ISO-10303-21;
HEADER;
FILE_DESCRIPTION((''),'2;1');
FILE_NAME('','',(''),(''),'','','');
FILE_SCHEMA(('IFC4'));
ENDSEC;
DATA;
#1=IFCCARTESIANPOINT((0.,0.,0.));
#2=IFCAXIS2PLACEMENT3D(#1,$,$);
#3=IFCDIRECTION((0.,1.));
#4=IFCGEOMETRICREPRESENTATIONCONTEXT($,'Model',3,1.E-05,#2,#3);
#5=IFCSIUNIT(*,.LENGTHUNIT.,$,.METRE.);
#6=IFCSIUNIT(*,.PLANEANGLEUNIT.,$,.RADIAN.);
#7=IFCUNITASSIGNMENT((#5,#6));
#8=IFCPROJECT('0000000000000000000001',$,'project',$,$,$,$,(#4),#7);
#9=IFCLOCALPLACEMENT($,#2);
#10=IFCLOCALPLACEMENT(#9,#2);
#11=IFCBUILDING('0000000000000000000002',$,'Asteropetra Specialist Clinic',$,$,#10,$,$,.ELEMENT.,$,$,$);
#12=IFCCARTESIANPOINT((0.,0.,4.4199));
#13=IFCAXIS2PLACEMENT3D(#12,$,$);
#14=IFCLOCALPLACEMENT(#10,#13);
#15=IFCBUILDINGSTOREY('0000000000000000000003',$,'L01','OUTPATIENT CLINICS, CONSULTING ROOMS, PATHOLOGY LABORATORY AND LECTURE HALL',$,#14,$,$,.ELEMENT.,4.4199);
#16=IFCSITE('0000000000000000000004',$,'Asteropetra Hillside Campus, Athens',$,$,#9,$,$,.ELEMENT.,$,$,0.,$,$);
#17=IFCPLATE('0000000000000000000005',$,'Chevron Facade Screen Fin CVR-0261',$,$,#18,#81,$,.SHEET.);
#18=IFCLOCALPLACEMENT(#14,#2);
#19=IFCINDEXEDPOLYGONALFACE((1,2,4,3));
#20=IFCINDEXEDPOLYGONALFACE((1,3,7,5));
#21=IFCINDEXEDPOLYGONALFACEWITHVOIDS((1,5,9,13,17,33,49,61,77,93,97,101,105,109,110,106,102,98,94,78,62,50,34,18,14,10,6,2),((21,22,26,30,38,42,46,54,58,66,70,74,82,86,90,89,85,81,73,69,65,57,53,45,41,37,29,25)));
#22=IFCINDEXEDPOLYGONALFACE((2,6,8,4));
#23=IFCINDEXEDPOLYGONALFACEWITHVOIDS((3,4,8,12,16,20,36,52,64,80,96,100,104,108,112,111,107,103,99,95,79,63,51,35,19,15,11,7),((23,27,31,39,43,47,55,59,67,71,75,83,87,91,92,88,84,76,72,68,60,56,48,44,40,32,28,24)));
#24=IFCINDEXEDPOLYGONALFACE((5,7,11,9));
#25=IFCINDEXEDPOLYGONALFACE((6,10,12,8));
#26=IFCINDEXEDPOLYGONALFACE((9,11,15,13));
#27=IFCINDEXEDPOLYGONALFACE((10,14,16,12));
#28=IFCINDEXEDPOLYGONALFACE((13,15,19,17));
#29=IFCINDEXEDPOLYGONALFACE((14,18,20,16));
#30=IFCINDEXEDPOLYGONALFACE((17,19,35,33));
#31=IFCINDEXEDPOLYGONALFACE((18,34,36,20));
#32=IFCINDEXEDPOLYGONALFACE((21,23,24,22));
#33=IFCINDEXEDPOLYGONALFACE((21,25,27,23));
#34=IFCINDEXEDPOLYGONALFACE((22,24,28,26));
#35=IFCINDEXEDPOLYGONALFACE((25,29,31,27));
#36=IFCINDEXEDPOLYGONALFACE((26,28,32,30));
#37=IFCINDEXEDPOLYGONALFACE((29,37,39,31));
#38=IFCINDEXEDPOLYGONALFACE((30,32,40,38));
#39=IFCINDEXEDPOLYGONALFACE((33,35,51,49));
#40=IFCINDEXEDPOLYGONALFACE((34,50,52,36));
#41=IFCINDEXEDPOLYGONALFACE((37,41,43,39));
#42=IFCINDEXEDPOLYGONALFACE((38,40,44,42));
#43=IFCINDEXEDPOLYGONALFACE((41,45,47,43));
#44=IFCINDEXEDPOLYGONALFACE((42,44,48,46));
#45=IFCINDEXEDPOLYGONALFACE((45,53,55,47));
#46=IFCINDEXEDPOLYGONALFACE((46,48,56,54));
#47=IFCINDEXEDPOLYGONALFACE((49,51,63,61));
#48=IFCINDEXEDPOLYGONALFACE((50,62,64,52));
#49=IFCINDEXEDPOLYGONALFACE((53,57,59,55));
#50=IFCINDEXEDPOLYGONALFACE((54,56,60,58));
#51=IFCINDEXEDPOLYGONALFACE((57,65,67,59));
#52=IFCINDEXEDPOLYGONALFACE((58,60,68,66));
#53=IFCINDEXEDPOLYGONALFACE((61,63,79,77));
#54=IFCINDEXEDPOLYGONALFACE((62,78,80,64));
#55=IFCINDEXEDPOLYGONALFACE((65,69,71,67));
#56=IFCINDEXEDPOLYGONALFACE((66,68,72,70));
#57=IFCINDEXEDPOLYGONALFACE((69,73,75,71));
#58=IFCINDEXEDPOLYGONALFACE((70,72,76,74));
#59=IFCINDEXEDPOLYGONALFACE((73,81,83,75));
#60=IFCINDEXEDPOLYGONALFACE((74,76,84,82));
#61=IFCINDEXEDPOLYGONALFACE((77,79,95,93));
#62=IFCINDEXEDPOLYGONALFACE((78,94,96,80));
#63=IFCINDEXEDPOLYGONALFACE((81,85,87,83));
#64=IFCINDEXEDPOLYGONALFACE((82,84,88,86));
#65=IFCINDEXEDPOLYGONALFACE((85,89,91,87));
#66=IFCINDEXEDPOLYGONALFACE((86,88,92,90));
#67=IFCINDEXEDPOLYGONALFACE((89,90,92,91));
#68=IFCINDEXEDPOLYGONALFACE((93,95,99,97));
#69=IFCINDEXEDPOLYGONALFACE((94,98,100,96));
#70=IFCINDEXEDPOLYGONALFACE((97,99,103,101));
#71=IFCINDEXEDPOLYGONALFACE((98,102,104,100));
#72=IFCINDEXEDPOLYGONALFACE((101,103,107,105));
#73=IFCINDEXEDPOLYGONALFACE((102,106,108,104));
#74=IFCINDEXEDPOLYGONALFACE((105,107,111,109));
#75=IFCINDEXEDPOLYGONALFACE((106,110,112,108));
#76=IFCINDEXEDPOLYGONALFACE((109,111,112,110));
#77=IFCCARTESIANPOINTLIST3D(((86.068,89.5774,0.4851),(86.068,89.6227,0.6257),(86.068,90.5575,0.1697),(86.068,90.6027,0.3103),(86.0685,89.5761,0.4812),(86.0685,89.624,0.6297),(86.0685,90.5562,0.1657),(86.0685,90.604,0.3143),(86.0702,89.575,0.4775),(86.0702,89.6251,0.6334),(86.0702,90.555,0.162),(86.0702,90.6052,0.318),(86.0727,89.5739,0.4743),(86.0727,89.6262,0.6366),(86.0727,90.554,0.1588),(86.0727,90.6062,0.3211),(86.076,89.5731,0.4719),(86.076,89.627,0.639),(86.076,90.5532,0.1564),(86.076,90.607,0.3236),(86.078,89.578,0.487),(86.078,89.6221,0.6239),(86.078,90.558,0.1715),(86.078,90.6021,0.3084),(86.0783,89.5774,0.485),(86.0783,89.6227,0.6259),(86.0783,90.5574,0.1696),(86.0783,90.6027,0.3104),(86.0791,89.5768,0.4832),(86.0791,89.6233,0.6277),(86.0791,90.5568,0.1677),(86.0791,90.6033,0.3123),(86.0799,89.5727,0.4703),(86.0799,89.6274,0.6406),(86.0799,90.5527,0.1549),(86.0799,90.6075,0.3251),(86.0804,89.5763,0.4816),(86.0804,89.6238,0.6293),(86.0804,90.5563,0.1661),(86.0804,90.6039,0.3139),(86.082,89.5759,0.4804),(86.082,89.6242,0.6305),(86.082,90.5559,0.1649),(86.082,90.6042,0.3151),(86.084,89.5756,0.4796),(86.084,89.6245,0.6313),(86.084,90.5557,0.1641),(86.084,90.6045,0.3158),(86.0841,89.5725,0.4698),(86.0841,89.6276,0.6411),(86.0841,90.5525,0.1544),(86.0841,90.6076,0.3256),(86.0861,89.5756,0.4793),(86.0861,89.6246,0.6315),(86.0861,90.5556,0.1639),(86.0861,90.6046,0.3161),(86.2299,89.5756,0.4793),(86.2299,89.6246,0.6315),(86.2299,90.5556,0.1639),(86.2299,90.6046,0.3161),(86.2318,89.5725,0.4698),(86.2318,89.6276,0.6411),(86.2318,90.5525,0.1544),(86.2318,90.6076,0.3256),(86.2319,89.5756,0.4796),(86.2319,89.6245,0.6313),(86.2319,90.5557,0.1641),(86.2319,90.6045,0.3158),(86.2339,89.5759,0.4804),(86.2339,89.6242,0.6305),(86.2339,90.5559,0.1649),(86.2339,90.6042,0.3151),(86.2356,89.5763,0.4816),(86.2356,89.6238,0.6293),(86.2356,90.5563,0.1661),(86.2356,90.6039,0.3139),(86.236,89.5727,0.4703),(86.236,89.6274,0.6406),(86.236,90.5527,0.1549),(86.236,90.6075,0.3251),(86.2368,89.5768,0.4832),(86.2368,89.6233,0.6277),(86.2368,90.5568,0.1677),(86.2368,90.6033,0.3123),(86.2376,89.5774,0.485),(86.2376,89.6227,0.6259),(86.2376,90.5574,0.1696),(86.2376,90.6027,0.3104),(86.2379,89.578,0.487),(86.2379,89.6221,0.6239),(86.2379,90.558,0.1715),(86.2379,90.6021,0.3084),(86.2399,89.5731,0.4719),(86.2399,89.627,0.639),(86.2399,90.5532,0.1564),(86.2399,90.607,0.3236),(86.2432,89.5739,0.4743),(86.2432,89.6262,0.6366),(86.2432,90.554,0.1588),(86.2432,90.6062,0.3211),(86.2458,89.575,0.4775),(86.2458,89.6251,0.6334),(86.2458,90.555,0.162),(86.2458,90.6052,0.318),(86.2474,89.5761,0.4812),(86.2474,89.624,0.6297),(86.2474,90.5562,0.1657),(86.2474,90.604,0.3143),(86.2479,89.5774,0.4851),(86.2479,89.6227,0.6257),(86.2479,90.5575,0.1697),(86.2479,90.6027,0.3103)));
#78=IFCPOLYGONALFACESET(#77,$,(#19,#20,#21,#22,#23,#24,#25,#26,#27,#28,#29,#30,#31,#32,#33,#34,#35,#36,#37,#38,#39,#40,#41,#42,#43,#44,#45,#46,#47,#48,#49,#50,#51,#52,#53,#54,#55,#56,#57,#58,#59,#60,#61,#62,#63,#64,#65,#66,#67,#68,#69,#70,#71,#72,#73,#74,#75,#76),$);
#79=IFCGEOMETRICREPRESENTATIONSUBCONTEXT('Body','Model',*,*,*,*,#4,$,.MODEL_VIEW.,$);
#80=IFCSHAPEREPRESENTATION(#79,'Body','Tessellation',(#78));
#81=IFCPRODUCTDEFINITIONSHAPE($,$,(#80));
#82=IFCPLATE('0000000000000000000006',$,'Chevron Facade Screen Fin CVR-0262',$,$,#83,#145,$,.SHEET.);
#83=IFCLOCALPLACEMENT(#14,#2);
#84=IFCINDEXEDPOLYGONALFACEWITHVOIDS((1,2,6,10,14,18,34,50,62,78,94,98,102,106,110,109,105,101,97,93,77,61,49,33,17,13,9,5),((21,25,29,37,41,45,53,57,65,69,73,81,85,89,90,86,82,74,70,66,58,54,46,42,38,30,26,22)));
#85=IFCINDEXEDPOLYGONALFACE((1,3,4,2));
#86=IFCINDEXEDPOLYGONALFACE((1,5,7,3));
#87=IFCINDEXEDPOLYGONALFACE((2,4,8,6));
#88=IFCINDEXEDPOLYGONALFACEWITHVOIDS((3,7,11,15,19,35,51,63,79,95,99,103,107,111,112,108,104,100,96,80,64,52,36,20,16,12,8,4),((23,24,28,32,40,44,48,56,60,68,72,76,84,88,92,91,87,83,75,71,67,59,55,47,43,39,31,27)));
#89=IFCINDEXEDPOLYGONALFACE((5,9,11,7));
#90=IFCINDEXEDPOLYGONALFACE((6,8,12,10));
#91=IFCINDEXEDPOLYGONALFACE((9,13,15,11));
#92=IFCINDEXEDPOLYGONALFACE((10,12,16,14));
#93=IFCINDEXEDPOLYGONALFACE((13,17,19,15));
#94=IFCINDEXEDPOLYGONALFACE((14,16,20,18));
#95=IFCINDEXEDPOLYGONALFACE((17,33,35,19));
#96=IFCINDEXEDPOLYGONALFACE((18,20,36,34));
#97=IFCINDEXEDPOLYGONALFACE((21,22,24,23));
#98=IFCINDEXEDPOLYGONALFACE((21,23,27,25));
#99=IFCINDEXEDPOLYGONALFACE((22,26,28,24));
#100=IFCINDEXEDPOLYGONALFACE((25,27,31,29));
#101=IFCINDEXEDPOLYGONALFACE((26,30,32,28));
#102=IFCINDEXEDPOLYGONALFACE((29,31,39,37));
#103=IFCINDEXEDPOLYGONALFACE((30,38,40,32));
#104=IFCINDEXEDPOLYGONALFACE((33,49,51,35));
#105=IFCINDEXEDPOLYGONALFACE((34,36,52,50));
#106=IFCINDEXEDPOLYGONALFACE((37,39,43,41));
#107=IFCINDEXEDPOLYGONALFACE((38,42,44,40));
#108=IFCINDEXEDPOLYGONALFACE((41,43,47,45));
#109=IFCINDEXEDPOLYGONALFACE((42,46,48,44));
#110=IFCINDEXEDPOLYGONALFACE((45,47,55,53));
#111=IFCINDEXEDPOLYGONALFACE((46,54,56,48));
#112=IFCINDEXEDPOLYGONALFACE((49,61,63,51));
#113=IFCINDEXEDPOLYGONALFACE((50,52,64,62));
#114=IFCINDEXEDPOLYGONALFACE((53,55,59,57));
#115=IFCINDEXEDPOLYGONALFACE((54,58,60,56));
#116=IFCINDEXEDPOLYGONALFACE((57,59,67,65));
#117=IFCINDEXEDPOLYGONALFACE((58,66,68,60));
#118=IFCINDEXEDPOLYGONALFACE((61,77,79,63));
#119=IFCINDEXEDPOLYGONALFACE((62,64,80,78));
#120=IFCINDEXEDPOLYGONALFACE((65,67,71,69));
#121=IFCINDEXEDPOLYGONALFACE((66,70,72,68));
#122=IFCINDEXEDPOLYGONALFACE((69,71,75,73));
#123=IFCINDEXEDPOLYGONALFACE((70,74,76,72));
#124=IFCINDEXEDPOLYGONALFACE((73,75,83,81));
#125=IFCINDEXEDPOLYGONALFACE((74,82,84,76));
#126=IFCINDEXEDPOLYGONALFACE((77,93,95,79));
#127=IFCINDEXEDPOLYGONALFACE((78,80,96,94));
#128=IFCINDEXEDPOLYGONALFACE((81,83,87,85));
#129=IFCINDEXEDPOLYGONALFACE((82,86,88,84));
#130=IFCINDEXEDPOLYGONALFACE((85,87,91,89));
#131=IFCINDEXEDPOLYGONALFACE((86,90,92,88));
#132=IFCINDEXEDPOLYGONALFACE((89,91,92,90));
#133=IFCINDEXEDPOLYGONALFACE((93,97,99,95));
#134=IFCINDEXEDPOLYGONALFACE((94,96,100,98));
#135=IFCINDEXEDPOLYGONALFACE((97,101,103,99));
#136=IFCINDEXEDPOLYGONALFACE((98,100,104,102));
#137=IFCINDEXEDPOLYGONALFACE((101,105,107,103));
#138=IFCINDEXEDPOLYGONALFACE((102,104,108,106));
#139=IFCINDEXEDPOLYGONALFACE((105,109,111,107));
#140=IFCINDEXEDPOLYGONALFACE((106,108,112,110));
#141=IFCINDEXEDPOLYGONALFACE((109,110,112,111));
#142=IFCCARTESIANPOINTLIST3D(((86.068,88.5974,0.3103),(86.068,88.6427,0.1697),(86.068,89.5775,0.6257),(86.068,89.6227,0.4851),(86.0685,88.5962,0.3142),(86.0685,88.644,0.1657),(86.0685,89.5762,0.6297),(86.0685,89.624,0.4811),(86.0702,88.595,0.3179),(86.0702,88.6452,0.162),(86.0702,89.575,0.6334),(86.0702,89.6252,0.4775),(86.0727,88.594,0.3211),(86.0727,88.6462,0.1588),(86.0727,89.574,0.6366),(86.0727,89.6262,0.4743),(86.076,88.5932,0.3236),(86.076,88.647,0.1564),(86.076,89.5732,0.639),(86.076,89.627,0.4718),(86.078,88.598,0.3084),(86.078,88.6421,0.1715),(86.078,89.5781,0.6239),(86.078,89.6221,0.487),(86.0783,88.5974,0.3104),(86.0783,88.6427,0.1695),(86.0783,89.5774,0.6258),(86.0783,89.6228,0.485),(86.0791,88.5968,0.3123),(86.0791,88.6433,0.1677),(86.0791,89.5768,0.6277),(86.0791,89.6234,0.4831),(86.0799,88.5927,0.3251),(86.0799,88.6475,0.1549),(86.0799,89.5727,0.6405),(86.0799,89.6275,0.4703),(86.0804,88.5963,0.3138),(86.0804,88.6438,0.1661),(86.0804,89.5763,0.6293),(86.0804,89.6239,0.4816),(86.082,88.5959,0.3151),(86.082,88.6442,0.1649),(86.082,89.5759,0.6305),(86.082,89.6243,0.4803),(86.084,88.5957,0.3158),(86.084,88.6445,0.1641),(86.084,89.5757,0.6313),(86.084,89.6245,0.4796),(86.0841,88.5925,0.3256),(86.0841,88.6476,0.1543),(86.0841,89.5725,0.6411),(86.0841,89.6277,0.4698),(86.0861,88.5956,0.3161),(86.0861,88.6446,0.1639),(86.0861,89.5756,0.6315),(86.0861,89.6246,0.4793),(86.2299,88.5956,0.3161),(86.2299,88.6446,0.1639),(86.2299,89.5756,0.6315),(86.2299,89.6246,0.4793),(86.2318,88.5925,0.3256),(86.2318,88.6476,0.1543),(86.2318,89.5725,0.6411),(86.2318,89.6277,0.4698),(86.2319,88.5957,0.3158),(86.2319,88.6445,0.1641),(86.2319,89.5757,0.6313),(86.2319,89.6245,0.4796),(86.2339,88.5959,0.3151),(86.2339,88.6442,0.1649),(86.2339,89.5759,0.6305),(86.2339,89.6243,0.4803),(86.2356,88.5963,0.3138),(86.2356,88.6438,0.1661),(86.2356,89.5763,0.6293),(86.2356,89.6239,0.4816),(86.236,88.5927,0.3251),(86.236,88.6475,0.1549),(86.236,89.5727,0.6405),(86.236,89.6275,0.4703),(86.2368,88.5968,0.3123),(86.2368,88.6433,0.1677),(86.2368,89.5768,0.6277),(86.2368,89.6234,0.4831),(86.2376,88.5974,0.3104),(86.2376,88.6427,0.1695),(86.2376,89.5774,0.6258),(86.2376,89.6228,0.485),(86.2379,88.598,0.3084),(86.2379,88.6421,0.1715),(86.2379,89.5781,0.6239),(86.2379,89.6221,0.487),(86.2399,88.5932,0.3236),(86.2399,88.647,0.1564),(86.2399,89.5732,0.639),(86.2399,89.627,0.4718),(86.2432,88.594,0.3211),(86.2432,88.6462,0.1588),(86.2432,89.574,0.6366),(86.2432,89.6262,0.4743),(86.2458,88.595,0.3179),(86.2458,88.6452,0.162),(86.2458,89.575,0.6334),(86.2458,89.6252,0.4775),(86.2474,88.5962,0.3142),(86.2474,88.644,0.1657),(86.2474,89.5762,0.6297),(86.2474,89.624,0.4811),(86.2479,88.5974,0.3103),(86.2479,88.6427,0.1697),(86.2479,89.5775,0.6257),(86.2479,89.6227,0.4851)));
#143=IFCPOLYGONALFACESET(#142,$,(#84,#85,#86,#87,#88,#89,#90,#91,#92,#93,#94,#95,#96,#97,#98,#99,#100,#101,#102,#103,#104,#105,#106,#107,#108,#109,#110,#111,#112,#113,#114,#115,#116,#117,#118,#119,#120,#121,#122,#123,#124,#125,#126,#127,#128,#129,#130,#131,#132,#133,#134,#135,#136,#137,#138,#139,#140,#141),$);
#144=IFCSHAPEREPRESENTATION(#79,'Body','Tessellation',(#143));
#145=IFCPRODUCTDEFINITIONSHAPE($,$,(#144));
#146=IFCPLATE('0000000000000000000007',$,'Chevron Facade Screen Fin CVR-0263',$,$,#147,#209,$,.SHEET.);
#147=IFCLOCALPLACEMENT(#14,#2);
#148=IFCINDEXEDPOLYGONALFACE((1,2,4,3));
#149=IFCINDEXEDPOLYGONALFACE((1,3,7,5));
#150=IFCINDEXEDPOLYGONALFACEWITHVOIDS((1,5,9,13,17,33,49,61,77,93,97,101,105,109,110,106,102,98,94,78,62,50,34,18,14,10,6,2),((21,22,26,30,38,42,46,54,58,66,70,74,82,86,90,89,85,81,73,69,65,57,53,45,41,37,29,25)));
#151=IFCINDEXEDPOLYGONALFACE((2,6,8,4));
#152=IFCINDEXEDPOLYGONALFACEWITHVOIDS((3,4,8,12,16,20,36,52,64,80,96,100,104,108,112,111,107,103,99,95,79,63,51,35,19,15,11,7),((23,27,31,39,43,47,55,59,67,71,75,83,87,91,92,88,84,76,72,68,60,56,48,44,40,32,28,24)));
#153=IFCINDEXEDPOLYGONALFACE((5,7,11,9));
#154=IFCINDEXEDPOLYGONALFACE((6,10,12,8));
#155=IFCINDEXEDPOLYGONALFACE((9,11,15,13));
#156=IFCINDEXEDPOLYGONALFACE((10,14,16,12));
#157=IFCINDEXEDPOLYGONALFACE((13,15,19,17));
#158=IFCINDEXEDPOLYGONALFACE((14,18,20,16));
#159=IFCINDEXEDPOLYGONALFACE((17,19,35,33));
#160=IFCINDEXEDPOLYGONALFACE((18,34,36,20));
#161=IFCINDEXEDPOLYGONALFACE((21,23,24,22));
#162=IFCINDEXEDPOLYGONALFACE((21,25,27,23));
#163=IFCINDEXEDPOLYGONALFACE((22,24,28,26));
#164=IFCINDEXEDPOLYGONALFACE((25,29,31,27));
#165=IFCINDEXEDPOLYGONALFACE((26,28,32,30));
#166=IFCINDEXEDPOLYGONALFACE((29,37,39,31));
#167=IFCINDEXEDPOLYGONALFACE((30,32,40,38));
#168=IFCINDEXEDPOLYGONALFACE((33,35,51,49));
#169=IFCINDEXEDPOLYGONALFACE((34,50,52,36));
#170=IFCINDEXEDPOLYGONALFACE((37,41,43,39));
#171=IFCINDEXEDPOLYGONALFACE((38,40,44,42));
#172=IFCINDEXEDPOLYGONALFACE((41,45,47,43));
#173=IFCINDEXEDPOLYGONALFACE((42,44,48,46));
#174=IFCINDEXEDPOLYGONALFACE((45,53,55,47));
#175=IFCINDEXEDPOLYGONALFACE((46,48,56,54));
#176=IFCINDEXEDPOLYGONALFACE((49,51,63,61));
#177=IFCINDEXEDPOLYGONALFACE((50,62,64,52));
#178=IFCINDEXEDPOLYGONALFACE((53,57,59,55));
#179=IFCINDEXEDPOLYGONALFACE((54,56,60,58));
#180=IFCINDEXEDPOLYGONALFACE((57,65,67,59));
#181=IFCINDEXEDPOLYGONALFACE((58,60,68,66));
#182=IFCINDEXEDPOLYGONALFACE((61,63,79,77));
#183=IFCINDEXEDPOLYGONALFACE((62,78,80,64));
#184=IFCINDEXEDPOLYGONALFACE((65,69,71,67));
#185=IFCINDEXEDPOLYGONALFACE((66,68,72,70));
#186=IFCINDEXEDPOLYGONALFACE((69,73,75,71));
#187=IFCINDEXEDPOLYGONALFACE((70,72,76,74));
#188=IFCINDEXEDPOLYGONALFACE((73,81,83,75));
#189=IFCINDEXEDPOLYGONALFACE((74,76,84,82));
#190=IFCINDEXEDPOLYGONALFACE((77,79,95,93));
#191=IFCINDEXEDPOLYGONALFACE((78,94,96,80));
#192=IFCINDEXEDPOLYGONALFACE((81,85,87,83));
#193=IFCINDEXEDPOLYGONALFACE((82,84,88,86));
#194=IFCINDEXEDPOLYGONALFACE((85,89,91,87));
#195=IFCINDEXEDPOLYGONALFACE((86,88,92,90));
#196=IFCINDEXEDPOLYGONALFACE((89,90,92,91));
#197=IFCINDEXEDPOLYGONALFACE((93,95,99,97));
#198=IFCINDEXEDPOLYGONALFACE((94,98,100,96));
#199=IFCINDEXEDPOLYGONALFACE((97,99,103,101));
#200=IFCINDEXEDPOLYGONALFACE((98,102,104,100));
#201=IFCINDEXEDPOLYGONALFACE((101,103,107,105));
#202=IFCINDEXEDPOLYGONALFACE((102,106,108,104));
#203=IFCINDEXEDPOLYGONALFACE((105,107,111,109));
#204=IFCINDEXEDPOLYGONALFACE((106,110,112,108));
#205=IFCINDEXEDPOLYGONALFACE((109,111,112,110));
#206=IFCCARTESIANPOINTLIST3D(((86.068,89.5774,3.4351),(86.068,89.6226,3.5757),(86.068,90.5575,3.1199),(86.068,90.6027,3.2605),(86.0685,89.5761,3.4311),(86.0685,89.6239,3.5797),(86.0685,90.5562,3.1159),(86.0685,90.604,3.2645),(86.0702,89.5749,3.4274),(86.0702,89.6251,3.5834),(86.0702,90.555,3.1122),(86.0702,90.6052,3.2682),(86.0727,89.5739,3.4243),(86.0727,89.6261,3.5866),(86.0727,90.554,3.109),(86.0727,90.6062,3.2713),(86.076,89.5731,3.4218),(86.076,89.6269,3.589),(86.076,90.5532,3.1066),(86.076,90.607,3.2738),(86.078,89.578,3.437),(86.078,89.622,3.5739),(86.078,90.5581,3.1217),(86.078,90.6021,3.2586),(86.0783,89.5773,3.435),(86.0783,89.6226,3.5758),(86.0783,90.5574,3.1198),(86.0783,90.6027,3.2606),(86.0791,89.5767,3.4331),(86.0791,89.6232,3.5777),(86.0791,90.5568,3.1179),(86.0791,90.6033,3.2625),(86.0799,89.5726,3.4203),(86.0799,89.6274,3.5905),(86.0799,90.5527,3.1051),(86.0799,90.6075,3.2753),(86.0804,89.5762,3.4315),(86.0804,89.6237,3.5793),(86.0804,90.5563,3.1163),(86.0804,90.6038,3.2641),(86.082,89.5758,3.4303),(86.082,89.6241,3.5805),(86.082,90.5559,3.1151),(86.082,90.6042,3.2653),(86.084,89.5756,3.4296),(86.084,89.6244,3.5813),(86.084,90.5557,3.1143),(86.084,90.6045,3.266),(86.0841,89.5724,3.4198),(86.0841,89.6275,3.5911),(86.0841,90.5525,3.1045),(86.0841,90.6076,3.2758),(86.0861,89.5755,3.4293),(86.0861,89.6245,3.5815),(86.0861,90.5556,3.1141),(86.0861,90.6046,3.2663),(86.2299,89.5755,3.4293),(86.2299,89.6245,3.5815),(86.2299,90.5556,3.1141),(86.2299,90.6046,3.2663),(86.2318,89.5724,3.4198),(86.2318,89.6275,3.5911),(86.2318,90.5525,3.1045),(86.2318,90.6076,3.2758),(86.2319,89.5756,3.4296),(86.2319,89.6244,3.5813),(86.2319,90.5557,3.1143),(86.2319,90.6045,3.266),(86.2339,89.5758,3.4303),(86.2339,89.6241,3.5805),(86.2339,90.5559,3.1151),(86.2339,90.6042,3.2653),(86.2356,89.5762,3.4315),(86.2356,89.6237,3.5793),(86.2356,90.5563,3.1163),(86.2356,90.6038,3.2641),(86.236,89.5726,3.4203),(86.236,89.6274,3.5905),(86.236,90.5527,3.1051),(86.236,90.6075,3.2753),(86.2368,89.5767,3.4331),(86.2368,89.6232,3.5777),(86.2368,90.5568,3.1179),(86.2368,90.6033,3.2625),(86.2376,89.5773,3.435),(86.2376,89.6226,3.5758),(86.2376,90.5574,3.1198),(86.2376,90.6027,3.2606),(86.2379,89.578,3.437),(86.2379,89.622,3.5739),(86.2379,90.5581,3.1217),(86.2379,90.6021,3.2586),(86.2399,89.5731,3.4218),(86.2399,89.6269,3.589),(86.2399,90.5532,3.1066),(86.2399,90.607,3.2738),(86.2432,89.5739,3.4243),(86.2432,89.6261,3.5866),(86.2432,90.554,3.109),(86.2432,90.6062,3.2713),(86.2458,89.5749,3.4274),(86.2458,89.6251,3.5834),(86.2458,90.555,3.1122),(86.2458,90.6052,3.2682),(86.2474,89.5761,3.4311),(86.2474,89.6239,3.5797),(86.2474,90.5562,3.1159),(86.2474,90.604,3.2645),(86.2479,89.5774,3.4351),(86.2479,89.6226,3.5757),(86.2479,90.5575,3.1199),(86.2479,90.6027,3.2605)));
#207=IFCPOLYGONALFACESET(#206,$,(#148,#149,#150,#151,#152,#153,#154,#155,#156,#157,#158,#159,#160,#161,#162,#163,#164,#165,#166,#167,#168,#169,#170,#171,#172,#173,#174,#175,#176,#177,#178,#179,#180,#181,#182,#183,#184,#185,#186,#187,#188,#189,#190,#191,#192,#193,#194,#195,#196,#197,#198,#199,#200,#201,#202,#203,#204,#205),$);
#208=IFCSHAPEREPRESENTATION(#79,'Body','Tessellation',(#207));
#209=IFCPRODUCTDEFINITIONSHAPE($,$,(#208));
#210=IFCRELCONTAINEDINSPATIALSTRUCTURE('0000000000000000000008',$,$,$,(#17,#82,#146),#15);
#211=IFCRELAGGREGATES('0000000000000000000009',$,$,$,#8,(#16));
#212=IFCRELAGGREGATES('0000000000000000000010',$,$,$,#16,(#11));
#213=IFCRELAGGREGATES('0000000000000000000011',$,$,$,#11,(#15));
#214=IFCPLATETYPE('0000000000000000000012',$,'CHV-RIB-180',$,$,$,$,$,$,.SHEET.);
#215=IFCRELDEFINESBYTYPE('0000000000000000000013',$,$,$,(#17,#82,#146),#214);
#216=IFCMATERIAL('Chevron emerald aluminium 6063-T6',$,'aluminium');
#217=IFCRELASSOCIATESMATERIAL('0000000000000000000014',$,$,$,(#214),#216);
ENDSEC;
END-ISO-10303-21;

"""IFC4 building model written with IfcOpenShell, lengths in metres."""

from ifc_helpers import new_model, si_unit, direction, frame, origin, origin_2d, place, context, subcontext, project, spatial, hollow_rectangle, extrude, material, material_profile, profile_set, type_object, element, save


model = new_model("IFC4")

# Units and contexts
model_context = context("Model", 3, precision=1e-05, world=origin(), true_north=direction((0.0, 1.0)))
body_context = subcontext(model_context, "Body", "Model", "MODEL_VIEW")
ifc_project = project(units=[si_unit("LENGTHUNIT", "METRE"), si_unit("PLANEANGLEUNIT", "RADIAN")], contexts=[model_context])

# Site, building, storey
site_placement = place(None, origin())
site = spatial("IfcSite", under=ifc_project, at=site_placement, Name="Asteropetra Hillside Campus, Athens", CompositionType="ELEMENT", RefElevation=0.0)
building_placement = place(site_placement, origin())
building = spatial("IfcBuilding", under=site, at=building_placement, Name="Asteropetra Specialist Clinic", CompositionType="ELEMENT")
storey_placement = place(building_placement, frame((0.0, 0.0, 4.4199)))
storey = spatial("IfcBuildingStorey", under=building, at=storey_placement, Name="L01", Description="OUTPATIENT CLINICS, CONSULTING ROOMS, PATHOLOGY LABORATORY AND LECTURE HALL", CompositionType="ELEMENT", Elevation=4.4199)

# Plates
ifc_material_1 = material(Name="Chevron emerald aluminium 6063-T6", Category="aluminium")
ifc_material_profile_1 = material_profile(ifc_material_1, hollow_rectangle(XDim=0.1799, YDim=0.1799, WallThickness=0.01, InnerFilletRadius=0.0081, OuterFilletRadius=0.0161, at=origin_2d()), Name="SHS 180x180x10.0")
ifc_profile_set_1 = profile_set([ifc_material_profile_1], Name="Chevron emerald aluminium 6063-T6")
plate_type = type_object("IfcPlateType", Name="CHV-RIB-180", PredefinedType="SHEET", material=ifc_profile_set_1)
for number, where, z_axis, x_axis, name in (
    (1, (86.158, 90.5801, 0.24), (0.0, -0.951905, 0.306393), (1.0, 0.0, 0.0), "Chevron Facade Screen Fin CVR-0261"),
    (2, (86.158, 89.6001, 0.5554), (0.0, -0.951905, -0.306393), (1.0, 0.0, 0.0), "Chevron Facade Screen Fin CVR-0262"),
    (3, (86.158, 90.5801, 3.1902), (0.0, -0.951974, 0.306178), (1.0, 0.0, 0.0), "Chevron Facade Screen Fin CVR-0263"),
):
    element("IfcPlate", number, at=place(storey_placement, frame(where, z_axis=z_axis, x_axis=x_axis)), inside=storey, type_object=plate_type, Name=name, PredefinedType="SHEET", context=body_context, shape_type="SweptSolid", body=[
        extrude(hollow_rectangle(XDim=0.1799, YDim=0.1799, WallThickness=0.01, InnerFilletRadius=0.0081, OuterFilletRadius=0.0161, at=origin_2d()), origin(), (0.0, 0.0, 1.0), 1.0295),
    ])

save(model, "model.ifc")
